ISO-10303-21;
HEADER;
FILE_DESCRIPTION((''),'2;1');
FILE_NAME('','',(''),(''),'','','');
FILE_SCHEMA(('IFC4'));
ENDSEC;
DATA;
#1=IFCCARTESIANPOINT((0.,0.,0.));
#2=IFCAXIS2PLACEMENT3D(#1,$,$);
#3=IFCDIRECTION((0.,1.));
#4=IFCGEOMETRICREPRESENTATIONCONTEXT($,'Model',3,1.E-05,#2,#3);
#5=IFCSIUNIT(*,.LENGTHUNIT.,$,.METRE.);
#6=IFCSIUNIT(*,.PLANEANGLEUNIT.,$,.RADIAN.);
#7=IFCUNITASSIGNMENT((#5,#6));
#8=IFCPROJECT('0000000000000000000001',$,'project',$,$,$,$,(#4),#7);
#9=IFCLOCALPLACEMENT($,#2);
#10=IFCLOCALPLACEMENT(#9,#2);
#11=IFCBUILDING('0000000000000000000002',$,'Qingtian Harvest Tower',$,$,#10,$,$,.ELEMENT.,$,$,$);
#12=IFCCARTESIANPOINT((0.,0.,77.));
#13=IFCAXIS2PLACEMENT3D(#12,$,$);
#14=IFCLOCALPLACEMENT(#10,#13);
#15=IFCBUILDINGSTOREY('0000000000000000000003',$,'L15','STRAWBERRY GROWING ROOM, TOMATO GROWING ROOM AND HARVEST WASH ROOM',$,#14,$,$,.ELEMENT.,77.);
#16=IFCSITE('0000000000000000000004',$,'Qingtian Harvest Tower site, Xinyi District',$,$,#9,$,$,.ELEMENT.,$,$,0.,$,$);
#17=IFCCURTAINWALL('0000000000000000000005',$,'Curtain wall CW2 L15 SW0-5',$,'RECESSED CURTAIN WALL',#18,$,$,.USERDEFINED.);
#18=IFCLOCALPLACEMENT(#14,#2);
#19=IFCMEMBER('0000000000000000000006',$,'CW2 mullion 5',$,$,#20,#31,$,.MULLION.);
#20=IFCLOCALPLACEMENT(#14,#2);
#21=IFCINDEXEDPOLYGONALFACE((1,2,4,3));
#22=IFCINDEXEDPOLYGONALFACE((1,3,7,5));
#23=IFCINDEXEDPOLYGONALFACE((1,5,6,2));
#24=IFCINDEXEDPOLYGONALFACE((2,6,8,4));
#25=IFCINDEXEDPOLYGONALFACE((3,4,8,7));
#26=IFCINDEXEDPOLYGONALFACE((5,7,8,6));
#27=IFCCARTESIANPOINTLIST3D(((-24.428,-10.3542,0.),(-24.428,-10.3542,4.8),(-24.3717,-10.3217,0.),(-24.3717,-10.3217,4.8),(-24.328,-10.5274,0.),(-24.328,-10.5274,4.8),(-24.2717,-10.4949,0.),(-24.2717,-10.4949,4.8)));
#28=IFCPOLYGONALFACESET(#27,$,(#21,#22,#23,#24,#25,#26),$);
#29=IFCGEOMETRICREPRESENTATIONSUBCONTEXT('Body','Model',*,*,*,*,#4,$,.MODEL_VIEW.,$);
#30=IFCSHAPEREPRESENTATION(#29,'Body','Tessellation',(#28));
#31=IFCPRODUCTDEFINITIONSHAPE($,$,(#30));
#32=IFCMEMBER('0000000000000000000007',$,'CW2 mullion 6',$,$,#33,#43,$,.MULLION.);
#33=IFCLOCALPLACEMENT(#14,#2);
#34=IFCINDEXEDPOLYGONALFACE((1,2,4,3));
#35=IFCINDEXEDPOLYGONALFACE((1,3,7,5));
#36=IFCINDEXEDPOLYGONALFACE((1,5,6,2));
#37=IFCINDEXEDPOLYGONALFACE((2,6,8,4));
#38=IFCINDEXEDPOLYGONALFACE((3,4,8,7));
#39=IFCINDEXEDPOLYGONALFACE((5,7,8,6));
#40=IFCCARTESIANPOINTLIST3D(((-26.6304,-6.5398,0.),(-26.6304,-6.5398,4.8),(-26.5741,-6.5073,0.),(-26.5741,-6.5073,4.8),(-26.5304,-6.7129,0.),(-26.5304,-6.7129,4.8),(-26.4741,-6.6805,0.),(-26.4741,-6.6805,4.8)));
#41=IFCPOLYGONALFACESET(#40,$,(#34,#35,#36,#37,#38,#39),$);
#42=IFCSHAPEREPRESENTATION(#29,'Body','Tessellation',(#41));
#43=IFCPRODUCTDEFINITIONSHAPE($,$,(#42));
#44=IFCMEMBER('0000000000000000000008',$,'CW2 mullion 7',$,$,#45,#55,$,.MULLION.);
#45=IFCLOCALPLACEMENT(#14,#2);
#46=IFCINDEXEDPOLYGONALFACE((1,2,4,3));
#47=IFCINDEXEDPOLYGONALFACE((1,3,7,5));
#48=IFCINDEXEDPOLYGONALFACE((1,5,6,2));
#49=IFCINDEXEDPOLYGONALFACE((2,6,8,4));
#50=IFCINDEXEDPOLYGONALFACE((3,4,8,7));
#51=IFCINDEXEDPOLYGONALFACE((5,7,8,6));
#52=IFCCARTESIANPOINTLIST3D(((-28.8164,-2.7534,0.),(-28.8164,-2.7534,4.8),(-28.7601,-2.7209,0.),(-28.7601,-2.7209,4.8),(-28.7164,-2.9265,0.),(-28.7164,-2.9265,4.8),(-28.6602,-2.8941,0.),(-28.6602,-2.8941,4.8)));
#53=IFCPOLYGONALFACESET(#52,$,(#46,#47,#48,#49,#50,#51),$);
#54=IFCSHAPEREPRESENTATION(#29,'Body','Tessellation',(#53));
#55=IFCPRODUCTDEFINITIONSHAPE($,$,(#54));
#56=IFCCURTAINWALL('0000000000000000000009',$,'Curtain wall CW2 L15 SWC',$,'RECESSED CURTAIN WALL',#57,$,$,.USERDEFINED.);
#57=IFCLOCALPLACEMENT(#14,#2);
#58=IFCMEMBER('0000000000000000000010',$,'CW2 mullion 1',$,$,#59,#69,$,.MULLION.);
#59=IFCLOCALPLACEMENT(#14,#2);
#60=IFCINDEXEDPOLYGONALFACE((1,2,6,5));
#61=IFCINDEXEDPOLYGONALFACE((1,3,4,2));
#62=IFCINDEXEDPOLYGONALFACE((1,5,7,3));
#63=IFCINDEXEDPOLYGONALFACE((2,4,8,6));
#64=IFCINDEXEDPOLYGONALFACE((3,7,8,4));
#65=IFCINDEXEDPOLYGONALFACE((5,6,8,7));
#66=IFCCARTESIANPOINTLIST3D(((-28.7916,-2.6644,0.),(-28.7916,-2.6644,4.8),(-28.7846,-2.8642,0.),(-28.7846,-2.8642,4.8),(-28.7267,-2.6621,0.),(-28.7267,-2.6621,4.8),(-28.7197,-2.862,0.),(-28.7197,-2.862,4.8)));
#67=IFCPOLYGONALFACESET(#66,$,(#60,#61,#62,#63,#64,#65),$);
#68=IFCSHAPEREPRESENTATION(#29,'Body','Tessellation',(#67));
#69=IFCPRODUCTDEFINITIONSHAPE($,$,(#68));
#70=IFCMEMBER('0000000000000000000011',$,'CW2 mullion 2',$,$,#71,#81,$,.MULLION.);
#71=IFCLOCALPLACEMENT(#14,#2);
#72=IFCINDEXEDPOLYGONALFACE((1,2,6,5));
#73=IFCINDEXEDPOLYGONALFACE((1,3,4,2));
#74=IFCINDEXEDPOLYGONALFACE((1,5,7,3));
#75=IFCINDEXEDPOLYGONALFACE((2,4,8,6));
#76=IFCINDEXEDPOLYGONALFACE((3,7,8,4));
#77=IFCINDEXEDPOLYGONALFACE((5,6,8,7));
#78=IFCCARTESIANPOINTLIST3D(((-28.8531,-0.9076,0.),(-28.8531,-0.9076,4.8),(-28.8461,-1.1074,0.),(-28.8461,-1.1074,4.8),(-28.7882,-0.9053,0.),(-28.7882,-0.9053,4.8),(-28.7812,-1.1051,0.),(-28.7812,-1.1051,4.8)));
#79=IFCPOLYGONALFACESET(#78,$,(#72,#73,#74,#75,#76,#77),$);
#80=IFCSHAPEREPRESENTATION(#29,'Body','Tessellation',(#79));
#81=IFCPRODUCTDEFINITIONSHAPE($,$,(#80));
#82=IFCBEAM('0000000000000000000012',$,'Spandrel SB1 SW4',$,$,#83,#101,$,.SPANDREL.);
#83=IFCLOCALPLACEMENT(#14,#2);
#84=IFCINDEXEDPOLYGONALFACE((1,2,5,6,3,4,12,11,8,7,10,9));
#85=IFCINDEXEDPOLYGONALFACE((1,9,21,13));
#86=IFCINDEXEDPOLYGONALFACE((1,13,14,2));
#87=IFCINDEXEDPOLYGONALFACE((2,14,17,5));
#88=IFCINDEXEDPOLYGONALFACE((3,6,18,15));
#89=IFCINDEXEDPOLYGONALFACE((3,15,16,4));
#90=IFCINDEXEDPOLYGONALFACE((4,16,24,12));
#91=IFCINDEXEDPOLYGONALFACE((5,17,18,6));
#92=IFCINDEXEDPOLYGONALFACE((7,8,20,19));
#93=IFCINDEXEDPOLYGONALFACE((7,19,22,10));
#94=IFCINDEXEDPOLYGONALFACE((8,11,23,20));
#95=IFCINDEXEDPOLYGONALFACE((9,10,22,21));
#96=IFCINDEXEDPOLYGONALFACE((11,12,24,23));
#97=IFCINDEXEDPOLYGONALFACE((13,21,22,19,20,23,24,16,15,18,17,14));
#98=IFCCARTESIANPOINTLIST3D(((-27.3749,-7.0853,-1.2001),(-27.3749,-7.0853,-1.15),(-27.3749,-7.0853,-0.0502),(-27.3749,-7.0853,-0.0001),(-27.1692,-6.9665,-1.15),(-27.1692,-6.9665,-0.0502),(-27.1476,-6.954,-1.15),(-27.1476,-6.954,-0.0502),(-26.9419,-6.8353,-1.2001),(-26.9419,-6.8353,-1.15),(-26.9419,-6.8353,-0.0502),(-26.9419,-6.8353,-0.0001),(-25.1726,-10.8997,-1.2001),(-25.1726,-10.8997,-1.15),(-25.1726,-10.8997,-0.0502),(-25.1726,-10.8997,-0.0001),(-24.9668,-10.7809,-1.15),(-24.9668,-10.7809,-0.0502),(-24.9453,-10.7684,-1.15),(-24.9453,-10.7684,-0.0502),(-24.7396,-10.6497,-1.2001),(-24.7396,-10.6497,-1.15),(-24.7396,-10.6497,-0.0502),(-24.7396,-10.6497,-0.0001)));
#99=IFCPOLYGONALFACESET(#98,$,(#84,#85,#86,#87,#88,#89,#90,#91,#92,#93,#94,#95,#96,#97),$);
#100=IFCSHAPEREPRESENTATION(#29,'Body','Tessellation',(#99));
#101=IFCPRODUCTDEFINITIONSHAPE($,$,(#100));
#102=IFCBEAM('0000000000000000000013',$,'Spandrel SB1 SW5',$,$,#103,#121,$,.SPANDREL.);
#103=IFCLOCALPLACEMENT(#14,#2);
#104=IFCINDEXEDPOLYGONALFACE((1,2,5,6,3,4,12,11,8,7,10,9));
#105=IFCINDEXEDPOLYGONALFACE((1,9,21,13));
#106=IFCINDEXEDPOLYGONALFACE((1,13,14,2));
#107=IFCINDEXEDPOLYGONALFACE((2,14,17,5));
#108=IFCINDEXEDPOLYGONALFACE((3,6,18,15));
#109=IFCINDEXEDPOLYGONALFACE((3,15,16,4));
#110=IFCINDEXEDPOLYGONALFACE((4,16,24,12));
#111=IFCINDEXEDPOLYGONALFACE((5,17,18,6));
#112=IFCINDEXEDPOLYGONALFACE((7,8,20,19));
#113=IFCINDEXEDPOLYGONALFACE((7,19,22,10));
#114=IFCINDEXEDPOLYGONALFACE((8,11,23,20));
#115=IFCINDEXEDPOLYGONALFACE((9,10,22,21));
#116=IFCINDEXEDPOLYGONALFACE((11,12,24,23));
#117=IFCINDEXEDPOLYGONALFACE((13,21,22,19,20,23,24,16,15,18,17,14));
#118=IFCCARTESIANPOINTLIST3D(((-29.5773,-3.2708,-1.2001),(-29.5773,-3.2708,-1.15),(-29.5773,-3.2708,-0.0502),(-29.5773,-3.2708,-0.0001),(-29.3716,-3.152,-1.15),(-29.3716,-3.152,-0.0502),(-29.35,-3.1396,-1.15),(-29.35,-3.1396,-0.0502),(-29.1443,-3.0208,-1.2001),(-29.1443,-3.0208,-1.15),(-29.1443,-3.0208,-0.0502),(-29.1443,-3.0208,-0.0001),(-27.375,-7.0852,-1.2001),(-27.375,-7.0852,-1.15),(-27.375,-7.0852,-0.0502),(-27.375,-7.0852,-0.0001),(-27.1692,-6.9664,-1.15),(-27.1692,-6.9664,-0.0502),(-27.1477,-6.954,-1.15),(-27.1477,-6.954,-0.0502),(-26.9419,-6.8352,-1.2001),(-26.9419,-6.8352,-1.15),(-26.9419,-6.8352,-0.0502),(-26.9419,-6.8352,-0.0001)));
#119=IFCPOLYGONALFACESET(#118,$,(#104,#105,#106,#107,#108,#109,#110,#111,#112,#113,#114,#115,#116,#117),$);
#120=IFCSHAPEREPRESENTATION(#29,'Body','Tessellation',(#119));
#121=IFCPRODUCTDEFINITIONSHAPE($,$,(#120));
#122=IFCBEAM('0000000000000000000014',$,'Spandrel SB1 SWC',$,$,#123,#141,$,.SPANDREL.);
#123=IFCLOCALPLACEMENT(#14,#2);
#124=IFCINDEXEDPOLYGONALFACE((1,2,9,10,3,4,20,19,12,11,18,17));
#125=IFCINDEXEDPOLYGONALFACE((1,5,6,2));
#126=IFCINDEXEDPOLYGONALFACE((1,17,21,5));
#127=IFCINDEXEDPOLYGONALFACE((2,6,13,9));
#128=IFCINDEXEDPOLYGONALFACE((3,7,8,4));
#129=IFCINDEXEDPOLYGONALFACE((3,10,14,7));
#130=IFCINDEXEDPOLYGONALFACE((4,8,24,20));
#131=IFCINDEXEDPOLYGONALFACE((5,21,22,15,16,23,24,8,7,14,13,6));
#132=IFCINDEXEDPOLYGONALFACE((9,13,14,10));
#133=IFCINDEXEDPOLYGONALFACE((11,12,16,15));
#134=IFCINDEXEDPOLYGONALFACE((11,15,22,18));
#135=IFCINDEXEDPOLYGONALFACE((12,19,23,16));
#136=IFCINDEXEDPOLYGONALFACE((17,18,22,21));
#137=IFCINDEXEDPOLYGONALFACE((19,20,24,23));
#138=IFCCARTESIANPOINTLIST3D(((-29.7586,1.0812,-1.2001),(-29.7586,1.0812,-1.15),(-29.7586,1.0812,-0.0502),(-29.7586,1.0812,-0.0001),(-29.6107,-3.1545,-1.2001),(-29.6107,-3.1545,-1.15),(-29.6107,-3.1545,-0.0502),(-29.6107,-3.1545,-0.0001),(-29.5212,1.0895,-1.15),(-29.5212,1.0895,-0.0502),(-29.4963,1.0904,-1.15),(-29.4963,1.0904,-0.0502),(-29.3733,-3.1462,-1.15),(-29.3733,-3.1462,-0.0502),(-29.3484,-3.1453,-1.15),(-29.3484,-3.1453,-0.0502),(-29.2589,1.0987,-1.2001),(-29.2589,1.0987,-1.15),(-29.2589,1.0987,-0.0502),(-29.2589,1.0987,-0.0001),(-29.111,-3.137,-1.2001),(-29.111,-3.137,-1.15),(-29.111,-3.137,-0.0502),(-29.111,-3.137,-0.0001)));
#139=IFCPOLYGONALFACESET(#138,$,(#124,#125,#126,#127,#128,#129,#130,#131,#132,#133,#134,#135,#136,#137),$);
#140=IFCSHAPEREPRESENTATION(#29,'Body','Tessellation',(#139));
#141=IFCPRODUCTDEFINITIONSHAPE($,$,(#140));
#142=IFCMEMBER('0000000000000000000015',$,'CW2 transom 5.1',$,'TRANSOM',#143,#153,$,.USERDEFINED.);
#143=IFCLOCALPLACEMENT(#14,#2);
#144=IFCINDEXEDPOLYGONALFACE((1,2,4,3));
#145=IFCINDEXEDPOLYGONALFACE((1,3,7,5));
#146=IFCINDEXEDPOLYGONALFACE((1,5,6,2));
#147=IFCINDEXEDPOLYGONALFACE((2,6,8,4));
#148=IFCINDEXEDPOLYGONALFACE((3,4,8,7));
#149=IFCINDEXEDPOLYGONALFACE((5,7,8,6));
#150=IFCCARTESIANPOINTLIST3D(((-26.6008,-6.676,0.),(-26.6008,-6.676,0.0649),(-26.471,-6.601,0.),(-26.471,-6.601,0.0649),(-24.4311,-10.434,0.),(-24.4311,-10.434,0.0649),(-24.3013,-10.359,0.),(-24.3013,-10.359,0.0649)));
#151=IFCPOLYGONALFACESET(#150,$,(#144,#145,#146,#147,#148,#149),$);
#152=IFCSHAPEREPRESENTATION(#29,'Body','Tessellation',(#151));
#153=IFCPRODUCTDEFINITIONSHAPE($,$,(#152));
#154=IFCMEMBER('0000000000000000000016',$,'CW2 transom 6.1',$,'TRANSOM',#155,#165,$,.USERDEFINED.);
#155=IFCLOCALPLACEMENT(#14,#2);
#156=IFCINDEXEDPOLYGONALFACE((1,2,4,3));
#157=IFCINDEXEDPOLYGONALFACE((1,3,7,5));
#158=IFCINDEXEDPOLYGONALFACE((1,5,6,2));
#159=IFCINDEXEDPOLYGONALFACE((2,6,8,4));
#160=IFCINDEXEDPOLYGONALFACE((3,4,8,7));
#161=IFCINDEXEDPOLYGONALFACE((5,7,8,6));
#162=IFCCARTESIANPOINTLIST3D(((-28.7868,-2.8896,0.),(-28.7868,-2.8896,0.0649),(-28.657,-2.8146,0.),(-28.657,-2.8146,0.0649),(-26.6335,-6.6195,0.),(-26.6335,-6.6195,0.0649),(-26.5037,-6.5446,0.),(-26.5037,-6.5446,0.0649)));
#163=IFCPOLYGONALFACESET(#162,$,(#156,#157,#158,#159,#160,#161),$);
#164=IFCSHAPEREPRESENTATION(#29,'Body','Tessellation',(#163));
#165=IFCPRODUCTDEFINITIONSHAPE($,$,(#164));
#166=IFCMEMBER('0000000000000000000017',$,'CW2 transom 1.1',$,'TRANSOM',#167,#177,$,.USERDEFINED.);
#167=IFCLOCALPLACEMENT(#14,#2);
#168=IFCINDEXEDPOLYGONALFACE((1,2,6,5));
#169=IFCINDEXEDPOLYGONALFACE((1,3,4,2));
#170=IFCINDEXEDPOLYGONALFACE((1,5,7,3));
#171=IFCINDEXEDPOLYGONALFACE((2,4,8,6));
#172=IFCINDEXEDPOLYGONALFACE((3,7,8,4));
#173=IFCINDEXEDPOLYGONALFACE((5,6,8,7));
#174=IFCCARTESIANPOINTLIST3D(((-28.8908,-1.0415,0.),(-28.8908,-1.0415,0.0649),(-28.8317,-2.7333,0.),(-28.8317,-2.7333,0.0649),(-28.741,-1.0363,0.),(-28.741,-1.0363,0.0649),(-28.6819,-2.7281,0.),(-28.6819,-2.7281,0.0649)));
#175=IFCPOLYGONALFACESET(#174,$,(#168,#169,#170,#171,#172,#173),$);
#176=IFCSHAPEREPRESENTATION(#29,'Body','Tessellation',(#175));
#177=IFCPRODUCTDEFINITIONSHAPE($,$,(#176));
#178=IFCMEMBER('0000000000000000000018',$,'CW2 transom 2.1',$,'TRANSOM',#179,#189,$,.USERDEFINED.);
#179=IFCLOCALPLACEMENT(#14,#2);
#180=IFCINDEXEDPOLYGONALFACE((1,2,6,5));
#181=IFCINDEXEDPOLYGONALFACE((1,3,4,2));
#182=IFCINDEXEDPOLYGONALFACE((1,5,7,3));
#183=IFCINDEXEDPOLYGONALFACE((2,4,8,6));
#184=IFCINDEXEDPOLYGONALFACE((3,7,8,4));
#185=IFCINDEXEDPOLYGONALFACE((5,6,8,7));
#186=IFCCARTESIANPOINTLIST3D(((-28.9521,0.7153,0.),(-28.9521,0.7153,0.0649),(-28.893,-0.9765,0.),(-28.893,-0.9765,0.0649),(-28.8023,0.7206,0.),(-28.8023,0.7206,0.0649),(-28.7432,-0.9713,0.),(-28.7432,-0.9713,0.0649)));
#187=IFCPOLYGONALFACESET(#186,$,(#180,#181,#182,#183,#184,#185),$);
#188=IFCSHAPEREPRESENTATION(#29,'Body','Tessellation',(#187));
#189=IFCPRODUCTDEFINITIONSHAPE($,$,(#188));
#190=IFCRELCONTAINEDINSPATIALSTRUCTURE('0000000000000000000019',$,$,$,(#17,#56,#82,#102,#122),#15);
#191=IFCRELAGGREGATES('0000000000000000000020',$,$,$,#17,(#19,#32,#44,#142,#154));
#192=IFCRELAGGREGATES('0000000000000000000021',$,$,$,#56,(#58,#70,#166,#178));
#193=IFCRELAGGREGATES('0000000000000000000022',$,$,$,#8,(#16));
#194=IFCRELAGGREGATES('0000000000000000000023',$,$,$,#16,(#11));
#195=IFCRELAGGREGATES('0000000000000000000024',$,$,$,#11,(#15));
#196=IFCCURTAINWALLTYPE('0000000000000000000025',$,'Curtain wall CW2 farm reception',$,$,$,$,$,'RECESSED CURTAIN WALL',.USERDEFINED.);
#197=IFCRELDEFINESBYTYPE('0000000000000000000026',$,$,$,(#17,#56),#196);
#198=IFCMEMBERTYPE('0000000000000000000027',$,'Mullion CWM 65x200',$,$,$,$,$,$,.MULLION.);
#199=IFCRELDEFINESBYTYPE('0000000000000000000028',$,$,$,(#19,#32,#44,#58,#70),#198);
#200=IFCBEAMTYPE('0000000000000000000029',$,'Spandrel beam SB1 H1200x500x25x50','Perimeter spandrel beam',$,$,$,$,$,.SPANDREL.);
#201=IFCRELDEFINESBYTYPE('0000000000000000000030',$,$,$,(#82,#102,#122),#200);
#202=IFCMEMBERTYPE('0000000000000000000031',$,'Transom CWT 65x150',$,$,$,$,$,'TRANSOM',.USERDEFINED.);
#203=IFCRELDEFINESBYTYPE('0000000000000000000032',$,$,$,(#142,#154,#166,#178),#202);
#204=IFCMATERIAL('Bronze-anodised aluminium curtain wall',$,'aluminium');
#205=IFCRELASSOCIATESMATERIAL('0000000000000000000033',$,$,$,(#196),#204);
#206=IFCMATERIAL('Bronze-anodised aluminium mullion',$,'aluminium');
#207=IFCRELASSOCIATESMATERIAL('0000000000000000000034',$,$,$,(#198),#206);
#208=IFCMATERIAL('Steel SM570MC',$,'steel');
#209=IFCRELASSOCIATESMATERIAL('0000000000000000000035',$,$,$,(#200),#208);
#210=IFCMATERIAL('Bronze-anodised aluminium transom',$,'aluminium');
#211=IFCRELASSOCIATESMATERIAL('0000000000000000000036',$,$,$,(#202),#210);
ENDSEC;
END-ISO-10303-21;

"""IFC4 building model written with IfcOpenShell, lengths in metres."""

from ifc_helpers import new_model, si_unit, direction, frame, origin, origin_2d, place, context, subcontext, project, spatial, rectangle, i_section, extrude, material, material_profile, profile_set, type_object, element, aggregate, save


model = new_model("IFC4")

# Units and contexts
model_context = context("Model", 3, precision=1e-05, world=origin(), true_north=direction((0.0, 1.0)))
body_context = subcontext(model_context, "Body", "Model", "MODEL_VIEW")
ifc_project = project(units=[si_unit("LENGTHUNIT", "METRE"), si_unit("PLANEANGLEUNIT", "RADIAN")], contexts=[model_context])

# Site, building, storey
site_placement = place(None, origin())
site = spatial("IfcSite", under=ifc_project, at=site_placement, Name="Qingtian Harvest Tower site, Xinyi District", CompositionType="ELEMENT", RefElevation=0.0)
building_placement = place(site_placement, origin())
building = spatial("IfcBuilding", under=site, at=building_placement, Name="Qingtian Harvest Tower", CompositionType="ELEMENT")
storey_placement = place(building_placement, frame((0.0, 0.0, 77.0)))
storey = spatial("IfcBuildingStorey", under=building, at=storey_placement, Name="L15", Description="STRAWBERRY GROWING ROOM, TOMATO GROWING ROOM AND HARVEST WASH ROOM", CompositionType="ELEMENT", Elevation=77.0)

# Curtain walls, members
ifc_material_1 = material(Name="Bronze-anodised aluminium curtain wall", Category="aluminium")
curtain_wall_type = type_object("IfcCurtainWallType", Name="Curtain wall CW2 farm reception", ElementType="RECESSED CURTAIN WALL", PredefinedType="USERDEFINED", material=ifc_material_1)
curtain_wall_1_placement = place(storey_placement, origin())
curtain_wall_1 = element("IfcCurtainWall", 1, at=curtain_wall_1_placement, inside=storey, type_object=curtain_wall_type, Name="Curtain wall CW2 L15 SW0-5", ObjectType="RECESSED CURTAIN WALL", PredefinedType="USERDEFINED")
ifc_material_2 = material(Name="Bronze-anodised aluminium mullion", Category="aluminium")
ifc_material_profile_1 = material_profile(ifc_material_2, rectangle(XDim=0.0649, YDim=0.2, at=origin_2d()), Name="AL 65x200")
ifc_profile_set_1 = profile_set([ifc_material_profile_1], Name="Bronze-anodised aluminium mullion")
member_type_1 = type_object("IfcMemberType", Name="Mullion CWM 65x200", PredefinedType="MULLION", material=ifc_profile_set_1)
member_1_placement = place(storey_placement, frame((-24.3499, -10.4246, 0.0), z_axis=(0.0, 0.0, 1.0), x_axis=(-0.866025, -0.5, 0.0)))
member_1 = element("IfcMember", 2, at=member_1_placement, type_object=member_type_1, Name="CW2 mullion 5", PredefinedType="MULLION", context=body_context, shape_type="SweptSolid", body=[
    extrude(rectangle(XDim=0.0649, YDim=0.2, at=origin_2d()), origin(), (0.0, 0.0, 1.0), 4.8),
])
member_2_placement = place(storey_placement, frame((-26.5522, -6.6101, 0.0), z_axis=(0.0, 0.0, 1.0), x_axis=(-0.866025, -0.5, 0.0)))
member_2 = element("IfcMember", 3, at=member_2_placement, type_object=member_type_1, Name="CW2 mullion 6", PredefinedType="MULLION", context=body_context, shape_type="SweptSolid", body=[
    extrude(rectangle(XDim=0.0649, YDim=0.2, at=origin_2d()), origin(), (0.0, 0.0, 1.0), 4.8),
])
member_3_placement = place(storey_placement, frame((-28.7383, -2.8237, 0.0), z_axis=(0.0, 0.0, 1.0), x_axis=(-0.866025, -0.5, 0.0)))
member_3 = element("IfcMember", 4, at=member_3_placement, type_object=member_type_1, Name="CW2 mullion 7", PredefinedType="MULLION", context=body_context, shape_type="SweptSolid", body=[
    extrude(rectangle(XDim=0.0649, YDim=0.2, at=origin_2d()), origin(), (0.0, 0.0, 1.0), 4.8),
])
curtain_wall_2_placement = place(storey_placement, origin())
curtain_wall_2 = element("IfcCurtainWall", 5, at=curtain_wall_2_placement, inside=storey, type_object=curtain_wall_type, Name="Curtain wall CW2 L15 SWC", ObjectType="RECESSED CURTAIN WALL", PredefinedType="USERDEFINED")
member_4_placement = place(storey_placement, frame((-28.7556, -2.7632, 0.0), z_axis=(0.0, 0.0, 1.0), x_axis=(-0.999391, -0.034899, 0.0)))
member_4 = element("IfcMember", 6, at=member_4_placement, type_object=member_type_1, Name="CW2 mullion 1", PredefinedType="MULLION", context=body_context, shape_type="SweptSolid", body=[
    extrude(rectangle(XDim=0.0649, YDim=0.2, at=origin_2d()), origin(), (0.0, 0.0, 1.0), 4.8),
])
member_5_placement = place(storey_placement, frame((-28.8171, -1.0063, 0.0), z_axis=(0.0, 0.0, 1.0), x_axis=(-0.999391, -0.034899, 0.0)))
member_5 = element("IfcMember", 7, at=member_5_placement, type_object=member_type_1, Name="CW2 mullion 2", PredefinedType="MULLION", context=body_context, shape_type="SweptSolid", body=[
    extrude(rectangle(XDim=0.0649, YDim=0.2, at=origin_2d()), origin(), (0.0, 0.0, 1.0), 4.8),
])

# Beams
ifc_material_3 = material(Name="Steel SM570MC", Category="steel")
ifc_material_profile_2 = material_profile(ifc_material_3, i_section(OverallWidth=0.5, OverallDepth=1.2, WebThickness=0.0249, FlangeThickness=0.05, at=origin_2d()), Name="H1200x500x25x50")
ifc_profile_set_2 = profile_set([ifc_material_profile_2], Name="Steel SM570MC")
beam_type_1 = type_object("IfcBeamType", Name="Spandrel beam SB1 H1200x500x25x50", Description="Perimeter spandrel beam", PredefinedType="SPANDREL", material=ifc_profile_set_2)
for number, where, z_axis, x_axis, name in (
    (8, (-24.9561, -10.7747, -0.6001), (-0.50002, 0.866014, 0.0), (-0.866014, -0.50002, 0.0), "Spandrel SB1 SW4"),
    (9, (-27.1584, -6.9602, -0.6001), (-0.50002, 0.866014, 0.0), (-0.866014, -0.50002, 0.0), "Spandrel SB1 SW5"),
):
    element("IfcBeam", number, at=place(storey_placement, frame(where, z_axis=z_axis, x_axis=x_axis)), inside=storey, type_object=beam_type_1, Name=name, PredefinedType="SPANDREL", context=body_context, shape_type="SweptSolid", body=[
        extrude(i_section(OverallWidth=0.5, OverallDepth=1.2, WebThickness=0.0249, FlangeThickness=0.05, at=origin_2d()), origin(), (0.0, 0.0, 1.0), 4.4045),
    ])
beam_1_placement = place(storey_placement, frame((-29.3608, -3.1458, -0.6001), z_axis=(-0.034909, 0.999391, 0.0), x_axis=(-0.999391, -0.034909, 0.0)))
element("IfcBeam", 10, at=beam_1_placement, inside=storey, type_object=beam_type_1, Name="Spandrel SB1 SWC", PredefinedType="SPANDREL", context=body_context, shape_type="SweptSolid", body=[
    extrude(i_section(OverallWidth=0.5, OverallDepth=1.2, WebThickness=0.0249, FlangeThickness=0.05, at=origin_2d()), origin(), (0.0, 0.0, 1.0), 4.2383),
])

# Members
ifc_material_4 = material(Name="Bronze-anodised aluminium transom", Category="aluminium")
ifc_material_profile_3 = material_profile(ifc_material_4, rectangle(XDim=0.1499, YDim=0.0649, at=origin_2d()), Name="AL 65x150")
ifc_profile_set_3 = profile_set([ifc_material_profile_3], Name="Bronze-anodised aluminium transom")
member_type_2 = type_object("IfcMemberType", Name="Transom CWT 65x150", ElementType="TRANSOM", PredefinedType="USERDEFINED", material=ifc_profile_set_3)
member_6_placement = place(storey_placement, frame((-24.3662, -10.3965, 0.0325), z_axis=(-0.499994, 0.866029, 0.0), x_axis=(-0.866029, -0.499994, 0.0)))
member_6 = element("IfcMember", 11, at=member_6_placement, type_object=member_type_2, Name="CW2 transom 5.1", ObjectType="TRANSOM", PredefinedType="USERDEFINED", context=body_context, shape_type="SweptSolid", body=[
    extrude(rectangle(XDim=0.1499, YDim=0.0649, at=origin_2d()), origin(), (0.0, 0.0, 1.0), 4.3394),
])
member_7_placement = place(storey_placement, frame((-26.5686, -6.582, 0.0325), z_axis=(-0.499968, 0.866044, 0.0), x_axis=(-0.866044, -0.499968, 0.0)))
member_7 = element("IfcMember", 12, at=member_7_placement, type_object=member_type_2, Name="CW2 transom 6.1", ObjectType="TRANSOM", PredefinedType="USERDEFINED", context=body_context, shape_type="SweptSolid", body=[
    extrude(rectangle(XDim=0.1499, YDim=0.0649, at=origin_2d()), origin(), (0.0, 0.0, 1.0), 4.3069),
])
member_8_placement = place(storey_placement, frame((-28.7568, -2.7307, 0.0325), z_axis=(-0.034899, 0.999391, 0.0), x_axis=(-0.999391, -0.034899, 0.0)))
member_8 = element("IfcMember", 13, at=member_8_placement, type_object=member_type_2, Name="CW2 transom 1.1", ObjectType="TRANSOM", PredefinedType="USERDEFINED", context=body_context, shape_type="SweptSolid", body=[
    extrude(rectangle(XDim=0.1499, YDim=0.0649, at=origin_2d()), origin(), (0.0, 0.0, 1.0), 1.6929),
])
member_9_placement = place(storey_placement, frame((-28.8181, -0.9739, 0.0325), z_axis=(-0.034899, 0.999391, 0.0), x_axis=(-0.999391, -0.034899, 0.0)))
member_9 = element("IfcMember", 14, at=member_9_placement, type_object=member_type_2, Name="CW2 transom 2.1", ObjectType="TRANSOM", PredefinedType="USERDEFINED", context=body_context, shape_type="SweptSolid", body=[
    extrude(rectangle(XDim=0.1499, YDim=0.0649, at=origin_2d()), origin(), (0.0, 0.0, 1.0), 1.6929),
])

aggregate(curtain_wall_1, [member_1, member_2, member_3, member_6, member_7])
aggregate(curtain_wall_2, [member_4, member_5, member_8, member_9])

save(model, "model.ifc")
